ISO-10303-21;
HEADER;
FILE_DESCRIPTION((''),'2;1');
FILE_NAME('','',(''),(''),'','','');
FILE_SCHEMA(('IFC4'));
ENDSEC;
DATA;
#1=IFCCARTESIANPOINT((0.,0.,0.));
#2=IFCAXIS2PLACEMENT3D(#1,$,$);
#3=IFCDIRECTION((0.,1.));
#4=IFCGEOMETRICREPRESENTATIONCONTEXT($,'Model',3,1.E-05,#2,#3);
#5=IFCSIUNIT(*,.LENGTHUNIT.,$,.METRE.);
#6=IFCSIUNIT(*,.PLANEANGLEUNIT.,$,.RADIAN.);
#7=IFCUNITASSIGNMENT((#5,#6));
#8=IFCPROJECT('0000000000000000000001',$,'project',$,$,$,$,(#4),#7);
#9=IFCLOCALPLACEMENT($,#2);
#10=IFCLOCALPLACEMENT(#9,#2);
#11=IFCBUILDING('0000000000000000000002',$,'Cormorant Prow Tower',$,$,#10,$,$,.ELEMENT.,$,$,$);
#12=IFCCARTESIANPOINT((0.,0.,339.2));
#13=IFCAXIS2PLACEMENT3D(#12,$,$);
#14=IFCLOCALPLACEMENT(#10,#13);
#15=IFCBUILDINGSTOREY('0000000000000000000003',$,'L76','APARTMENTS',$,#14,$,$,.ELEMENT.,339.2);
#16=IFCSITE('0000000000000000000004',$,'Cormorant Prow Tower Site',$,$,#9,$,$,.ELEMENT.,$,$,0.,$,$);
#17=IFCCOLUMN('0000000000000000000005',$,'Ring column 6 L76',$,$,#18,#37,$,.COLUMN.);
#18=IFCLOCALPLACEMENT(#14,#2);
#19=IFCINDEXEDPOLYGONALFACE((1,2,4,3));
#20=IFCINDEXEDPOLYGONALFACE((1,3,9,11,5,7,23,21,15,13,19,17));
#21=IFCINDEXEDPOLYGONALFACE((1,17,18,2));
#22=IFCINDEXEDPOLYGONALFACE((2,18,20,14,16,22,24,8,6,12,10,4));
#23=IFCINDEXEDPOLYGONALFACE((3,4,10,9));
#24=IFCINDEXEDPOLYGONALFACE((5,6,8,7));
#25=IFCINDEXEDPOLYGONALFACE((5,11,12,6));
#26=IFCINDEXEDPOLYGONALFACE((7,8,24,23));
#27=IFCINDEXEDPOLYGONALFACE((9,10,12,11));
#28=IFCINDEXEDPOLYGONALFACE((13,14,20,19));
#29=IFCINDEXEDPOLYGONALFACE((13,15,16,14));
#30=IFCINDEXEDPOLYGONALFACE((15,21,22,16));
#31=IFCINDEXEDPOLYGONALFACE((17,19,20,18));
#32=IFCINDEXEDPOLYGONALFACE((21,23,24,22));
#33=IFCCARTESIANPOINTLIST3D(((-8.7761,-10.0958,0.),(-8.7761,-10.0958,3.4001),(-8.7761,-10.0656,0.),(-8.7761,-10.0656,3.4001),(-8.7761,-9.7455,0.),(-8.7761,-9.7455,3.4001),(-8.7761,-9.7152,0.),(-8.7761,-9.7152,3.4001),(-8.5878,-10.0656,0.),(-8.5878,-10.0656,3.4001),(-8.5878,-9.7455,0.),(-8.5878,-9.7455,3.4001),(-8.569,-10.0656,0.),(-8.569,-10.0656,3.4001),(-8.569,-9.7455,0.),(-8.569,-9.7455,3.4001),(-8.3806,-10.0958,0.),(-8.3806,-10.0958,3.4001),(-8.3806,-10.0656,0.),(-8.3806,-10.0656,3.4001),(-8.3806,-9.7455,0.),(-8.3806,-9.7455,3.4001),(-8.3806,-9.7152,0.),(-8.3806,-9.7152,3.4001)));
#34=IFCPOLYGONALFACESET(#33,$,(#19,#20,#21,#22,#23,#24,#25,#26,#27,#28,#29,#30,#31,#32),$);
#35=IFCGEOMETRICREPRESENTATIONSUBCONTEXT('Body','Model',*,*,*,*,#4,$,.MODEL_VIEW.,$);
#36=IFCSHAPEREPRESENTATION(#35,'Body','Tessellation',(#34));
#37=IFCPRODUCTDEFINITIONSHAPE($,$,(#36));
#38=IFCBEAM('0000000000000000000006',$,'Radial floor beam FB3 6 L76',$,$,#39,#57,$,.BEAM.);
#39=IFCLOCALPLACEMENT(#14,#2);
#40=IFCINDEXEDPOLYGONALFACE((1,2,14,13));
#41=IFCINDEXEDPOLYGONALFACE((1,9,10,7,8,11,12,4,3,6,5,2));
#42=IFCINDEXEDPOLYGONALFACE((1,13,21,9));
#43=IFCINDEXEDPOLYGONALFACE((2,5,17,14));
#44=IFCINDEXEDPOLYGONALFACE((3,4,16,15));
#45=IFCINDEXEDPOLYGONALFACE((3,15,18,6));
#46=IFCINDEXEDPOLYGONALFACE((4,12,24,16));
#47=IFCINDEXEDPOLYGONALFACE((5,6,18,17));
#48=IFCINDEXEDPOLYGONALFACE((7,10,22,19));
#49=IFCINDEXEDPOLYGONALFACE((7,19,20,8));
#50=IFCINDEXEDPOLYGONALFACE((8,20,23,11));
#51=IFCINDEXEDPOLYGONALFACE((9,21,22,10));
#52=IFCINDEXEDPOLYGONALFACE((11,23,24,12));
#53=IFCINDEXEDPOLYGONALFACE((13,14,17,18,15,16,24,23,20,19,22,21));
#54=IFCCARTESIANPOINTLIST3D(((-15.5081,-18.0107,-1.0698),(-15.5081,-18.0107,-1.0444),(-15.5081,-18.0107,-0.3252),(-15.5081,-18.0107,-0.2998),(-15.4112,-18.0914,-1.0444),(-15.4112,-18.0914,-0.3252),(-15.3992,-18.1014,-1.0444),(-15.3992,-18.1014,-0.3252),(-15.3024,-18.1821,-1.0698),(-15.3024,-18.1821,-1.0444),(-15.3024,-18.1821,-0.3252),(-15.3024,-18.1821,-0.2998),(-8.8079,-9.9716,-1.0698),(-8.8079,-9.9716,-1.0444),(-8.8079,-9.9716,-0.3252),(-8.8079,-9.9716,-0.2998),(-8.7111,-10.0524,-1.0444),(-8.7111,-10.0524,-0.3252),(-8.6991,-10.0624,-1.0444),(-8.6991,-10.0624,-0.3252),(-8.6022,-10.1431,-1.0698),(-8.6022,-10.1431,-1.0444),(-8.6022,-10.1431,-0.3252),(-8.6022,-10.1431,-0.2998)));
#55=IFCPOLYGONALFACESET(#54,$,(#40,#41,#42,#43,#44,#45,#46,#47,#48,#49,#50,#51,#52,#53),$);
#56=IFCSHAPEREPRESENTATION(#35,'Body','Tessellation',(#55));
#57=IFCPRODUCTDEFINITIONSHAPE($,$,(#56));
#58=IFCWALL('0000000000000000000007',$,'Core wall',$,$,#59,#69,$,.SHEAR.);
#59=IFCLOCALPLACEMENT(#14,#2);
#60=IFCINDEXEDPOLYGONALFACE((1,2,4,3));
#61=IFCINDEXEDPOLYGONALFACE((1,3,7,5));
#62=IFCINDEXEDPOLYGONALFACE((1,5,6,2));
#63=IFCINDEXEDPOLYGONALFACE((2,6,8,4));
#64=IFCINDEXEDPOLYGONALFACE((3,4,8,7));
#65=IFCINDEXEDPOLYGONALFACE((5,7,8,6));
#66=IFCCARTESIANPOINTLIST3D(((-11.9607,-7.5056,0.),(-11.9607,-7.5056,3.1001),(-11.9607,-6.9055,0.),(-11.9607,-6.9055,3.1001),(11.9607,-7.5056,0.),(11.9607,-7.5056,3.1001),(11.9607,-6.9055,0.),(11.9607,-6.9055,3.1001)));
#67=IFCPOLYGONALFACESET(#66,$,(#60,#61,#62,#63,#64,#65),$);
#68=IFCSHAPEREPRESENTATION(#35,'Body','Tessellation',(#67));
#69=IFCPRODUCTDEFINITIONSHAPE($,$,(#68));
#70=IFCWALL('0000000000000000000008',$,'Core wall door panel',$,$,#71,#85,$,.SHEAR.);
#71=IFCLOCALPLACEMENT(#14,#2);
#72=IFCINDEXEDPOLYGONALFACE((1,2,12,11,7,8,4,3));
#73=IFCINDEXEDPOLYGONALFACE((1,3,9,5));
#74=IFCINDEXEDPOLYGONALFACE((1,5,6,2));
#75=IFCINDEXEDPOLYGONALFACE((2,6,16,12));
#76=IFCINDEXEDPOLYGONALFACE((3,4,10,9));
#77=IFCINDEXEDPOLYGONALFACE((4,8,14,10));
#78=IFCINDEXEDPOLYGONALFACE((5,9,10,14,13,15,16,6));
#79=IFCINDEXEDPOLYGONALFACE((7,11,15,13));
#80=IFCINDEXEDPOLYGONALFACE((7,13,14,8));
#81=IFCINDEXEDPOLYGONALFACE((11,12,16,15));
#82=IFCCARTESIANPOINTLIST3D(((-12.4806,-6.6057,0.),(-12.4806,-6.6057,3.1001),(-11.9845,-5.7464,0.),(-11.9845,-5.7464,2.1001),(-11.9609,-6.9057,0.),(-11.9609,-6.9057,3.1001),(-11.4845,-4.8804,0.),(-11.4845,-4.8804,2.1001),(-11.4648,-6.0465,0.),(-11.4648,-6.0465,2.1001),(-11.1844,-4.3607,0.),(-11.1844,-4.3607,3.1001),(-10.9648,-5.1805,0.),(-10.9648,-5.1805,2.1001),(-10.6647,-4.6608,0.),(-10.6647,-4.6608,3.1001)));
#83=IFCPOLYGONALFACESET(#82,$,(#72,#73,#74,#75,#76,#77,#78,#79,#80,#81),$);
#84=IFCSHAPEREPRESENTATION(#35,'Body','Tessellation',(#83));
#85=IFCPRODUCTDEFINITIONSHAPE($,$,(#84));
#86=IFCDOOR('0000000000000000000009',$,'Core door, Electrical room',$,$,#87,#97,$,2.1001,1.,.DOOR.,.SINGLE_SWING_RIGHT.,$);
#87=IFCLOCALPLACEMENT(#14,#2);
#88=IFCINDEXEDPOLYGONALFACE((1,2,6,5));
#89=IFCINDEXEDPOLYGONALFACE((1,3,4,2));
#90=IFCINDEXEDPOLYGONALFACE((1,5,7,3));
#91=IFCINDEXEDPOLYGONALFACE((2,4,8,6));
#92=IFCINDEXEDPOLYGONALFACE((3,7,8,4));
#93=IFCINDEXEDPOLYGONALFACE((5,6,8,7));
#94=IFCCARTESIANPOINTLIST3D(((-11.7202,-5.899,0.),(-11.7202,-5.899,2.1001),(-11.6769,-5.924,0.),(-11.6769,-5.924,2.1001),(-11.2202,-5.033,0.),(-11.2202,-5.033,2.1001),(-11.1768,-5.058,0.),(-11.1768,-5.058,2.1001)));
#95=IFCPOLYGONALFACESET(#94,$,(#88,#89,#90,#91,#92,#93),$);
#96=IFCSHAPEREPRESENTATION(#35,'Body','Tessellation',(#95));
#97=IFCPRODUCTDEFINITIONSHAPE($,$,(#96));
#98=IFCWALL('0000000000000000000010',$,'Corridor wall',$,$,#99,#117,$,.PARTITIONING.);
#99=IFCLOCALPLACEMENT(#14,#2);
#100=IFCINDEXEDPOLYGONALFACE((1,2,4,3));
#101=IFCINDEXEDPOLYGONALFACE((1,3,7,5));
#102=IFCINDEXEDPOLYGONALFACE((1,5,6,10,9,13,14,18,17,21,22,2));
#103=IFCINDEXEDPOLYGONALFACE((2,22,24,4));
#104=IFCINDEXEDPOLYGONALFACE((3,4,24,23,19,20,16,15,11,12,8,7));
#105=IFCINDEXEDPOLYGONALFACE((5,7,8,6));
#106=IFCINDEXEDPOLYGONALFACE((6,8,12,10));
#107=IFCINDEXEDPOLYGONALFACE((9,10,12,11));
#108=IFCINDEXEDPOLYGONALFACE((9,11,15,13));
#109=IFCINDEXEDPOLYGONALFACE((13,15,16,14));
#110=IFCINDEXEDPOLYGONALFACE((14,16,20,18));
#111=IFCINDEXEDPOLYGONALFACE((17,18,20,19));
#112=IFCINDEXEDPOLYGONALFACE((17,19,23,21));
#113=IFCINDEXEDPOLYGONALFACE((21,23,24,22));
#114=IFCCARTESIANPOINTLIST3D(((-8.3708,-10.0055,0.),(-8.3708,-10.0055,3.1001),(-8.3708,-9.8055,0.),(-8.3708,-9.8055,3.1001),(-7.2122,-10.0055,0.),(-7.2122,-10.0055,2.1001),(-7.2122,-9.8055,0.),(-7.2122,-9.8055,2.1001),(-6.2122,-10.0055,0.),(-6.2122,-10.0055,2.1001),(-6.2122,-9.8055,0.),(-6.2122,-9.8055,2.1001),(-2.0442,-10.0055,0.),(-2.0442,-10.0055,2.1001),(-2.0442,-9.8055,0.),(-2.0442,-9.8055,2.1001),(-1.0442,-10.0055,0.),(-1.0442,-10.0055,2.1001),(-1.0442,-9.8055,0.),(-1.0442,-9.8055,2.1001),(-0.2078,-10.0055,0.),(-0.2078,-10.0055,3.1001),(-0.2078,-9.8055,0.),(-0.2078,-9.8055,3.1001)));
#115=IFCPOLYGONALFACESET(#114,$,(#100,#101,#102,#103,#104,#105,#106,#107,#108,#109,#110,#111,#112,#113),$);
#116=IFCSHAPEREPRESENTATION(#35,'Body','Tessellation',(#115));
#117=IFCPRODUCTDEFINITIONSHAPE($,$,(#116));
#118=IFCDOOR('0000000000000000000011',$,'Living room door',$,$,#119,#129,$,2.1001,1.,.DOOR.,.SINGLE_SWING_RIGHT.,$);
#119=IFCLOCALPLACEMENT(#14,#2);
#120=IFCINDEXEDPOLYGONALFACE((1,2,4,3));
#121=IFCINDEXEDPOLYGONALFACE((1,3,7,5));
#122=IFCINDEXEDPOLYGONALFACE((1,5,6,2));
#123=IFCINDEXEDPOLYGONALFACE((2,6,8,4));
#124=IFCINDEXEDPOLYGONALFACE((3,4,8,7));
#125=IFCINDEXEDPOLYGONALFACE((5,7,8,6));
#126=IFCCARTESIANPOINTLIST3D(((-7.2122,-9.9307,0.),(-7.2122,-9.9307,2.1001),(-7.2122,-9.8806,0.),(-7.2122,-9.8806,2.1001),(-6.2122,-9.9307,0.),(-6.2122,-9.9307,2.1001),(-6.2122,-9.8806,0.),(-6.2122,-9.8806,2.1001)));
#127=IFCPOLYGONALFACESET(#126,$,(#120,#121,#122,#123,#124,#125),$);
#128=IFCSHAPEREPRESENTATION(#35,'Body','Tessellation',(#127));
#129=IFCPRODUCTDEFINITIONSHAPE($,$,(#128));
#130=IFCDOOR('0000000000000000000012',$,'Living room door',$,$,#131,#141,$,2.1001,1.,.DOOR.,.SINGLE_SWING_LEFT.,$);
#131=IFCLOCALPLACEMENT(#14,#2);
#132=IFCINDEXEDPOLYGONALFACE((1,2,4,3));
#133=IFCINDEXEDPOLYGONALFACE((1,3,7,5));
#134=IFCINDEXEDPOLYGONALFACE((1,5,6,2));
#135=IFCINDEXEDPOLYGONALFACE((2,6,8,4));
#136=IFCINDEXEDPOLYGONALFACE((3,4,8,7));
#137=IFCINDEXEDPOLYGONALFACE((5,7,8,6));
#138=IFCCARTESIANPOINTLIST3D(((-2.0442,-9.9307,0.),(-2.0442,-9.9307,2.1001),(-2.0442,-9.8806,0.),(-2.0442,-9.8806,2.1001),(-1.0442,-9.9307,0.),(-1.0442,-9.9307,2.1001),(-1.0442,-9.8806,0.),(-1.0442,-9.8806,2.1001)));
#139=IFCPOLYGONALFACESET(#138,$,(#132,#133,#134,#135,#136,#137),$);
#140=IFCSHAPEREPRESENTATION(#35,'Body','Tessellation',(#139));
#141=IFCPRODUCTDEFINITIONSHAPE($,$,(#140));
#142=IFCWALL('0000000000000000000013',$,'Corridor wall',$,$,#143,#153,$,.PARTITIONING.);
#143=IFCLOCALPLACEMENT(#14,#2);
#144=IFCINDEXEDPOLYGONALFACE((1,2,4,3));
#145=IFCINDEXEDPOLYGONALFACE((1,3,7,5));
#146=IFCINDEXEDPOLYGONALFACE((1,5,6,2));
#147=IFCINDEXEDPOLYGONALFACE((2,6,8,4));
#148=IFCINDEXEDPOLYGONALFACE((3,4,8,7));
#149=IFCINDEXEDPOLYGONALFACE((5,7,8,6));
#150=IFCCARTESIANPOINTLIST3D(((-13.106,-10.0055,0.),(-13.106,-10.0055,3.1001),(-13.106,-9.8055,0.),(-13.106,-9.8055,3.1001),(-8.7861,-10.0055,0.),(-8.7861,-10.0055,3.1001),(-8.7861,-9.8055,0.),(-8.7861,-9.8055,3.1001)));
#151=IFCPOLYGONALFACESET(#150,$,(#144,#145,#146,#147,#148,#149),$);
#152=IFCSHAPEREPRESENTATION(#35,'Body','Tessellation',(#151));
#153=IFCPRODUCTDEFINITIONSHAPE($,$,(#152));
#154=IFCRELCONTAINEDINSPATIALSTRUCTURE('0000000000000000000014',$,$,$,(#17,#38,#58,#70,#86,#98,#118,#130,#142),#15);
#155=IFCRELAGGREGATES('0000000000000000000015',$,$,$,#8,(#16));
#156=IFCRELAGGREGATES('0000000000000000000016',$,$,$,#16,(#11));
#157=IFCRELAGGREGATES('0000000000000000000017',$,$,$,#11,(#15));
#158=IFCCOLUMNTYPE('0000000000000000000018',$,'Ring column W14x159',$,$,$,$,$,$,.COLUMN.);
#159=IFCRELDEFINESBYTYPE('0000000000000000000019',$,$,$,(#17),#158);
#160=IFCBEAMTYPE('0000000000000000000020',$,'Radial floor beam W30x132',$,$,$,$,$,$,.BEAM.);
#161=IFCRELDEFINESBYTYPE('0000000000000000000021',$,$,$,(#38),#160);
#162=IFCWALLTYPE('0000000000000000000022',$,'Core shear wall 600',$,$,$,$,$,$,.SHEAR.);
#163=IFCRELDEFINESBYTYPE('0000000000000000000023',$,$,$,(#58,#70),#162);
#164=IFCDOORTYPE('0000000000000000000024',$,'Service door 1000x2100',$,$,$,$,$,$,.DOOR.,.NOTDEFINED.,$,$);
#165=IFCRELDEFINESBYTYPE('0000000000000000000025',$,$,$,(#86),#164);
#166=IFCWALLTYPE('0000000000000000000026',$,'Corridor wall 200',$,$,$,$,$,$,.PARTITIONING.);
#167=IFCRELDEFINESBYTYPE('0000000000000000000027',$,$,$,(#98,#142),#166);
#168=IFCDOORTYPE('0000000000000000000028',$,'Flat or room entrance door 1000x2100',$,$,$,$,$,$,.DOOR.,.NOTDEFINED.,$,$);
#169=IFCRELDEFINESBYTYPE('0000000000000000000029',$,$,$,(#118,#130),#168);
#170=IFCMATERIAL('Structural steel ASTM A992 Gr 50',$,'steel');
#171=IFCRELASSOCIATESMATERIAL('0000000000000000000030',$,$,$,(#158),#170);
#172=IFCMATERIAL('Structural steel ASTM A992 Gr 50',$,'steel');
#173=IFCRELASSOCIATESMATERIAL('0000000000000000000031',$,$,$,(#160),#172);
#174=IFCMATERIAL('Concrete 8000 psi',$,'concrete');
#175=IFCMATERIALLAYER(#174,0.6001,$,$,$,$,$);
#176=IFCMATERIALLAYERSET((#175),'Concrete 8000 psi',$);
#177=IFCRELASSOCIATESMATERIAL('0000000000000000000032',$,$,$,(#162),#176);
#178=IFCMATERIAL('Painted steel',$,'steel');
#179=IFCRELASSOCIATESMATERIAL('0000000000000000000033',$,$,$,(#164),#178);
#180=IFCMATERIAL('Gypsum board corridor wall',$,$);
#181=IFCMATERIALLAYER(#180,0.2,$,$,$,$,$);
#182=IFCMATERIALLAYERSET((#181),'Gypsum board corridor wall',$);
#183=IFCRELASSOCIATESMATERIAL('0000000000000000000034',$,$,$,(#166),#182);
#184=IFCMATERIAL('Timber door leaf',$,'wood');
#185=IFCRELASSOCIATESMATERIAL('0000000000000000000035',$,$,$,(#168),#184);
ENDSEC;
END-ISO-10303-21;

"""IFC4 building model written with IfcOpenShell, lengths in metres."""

from ifc_helpers import new_model, si_unit, direction, frame, frame_2d, origin, origin_2d, place, context, subcontext, project, spatial, rectangle, i_section, extrude, material, layer, layer_set, material_profile, profile_set, type_object, element, fill, save


model = new_model("IFC4")

# Units and contexts
model_context = context("Model", 3, precision=1e-05, world=origin(), true_north=direction((0.0, 1.0)))
body_context = subcontext(model_context, "Body", "Model", "MODEL_VIEW")
ifc_project = project(units=[si_unit("LENGTHUNIT", "METRE"), si_unit("PLANEANGLEUNIT", "RADIAN")], contexts=[model_context])

# Site, building, storey
site_placement = place(None, origin())
site = spatial("IfcSite", under=ifc_project, at=site_placement, Name="Cormorant Prow Tower Site", CompositionType="ELEMENT", RefElevation=0.0)
building_placement = place(site_placement, origin())
building = spatial("IfcBuilding", under=site, at=building_placement, Name="Cormorant Prow Tower", CompositionType="ELEMENT")
storey_placement = place(building_placement, frame((0.0, 0.0, 339.2)))
storey = spatial("IfcBuildingStorey", under=building, at=storey_placement, Name="L76", Description="APARTMENTS", CompositionType="ELEMENT", Elevation=339.2)

# Column
ifc_material_1 = material(Name="Structural steel ASTM A992 Gr 50", Category="steel")
ifc_material_profile_1 = material_profile(ifc_material_1, i_section(OverallWidth=0.3955, OverallDepth=0.3806, WebThickness=0.0188, FlangeThickness=0.0303, at=origin_2d()), Name="W14x159")
ifc_profile_set_1 = profile_set([ifc_material_profile_1], Name="Structural steel ASTM A992 Gr 50")
column_type = type_object("IfcColumnType", Name="Ring column W14x159", PredefinedType="COLUMN", material=ifc_profile_set_1)
column_placement = place(storey_placement, frame((-8.5784, -9.9055, 0.0), z_axis=(0.0, 0.0, 1.0), x_axis=(1.0, 0.0, 0.0)))
element("IfcColumn", 1, at=column_placement, inside=storey, type_object=column_type, Name="Ring column 6 L76", PredefinedType="COLUMN", context=body_context, shape_type="SweptSolid", body=[
    extrude(i_section(OverallWidth=0.3955, OverallDepth=0.3806, WebThickness=0.0188, FlangeThickness=0.0303, at=origin_2d()), origin(), (0.0, 0.0, 1.0), 3.4001),
])

# Beam
ifc_material_2 = material(Name="Structural steel ASTM A992 Gr 50", Category="steel")
ifc_material_profile_2 = material_profile(ifc_material_2, i_section(OverallWidth=0.2678, OverallDepth=0.77, WebThickness=0.0156, FlangeThickness=0.0254, at=origin_2d()), Name="W30x132")
ifc_profile_set_2 = profile_set([ifc_material_profile_2], Name="Structural steel ASTM A992 Gr 50")
beam_type = type_object("IfcBeamType", Name="Radial floor beam W30x132", PredefinedType="BEAM", material=ifc_profile_set_2)
beam_placement = place(storey_placement, frame((-8.7051, -10.0574, -0.6848), z_axis=(-0.640239, -0.768175, 0.0), x_axis=(0.768175, -0.640239, 0.0)))
element("IfcBeam", 2, at=beam_placement, inside=storey, type_object=beam_type, Name="Radial floor beam FB3 6 L76", PredefinedType="BEAM", context=body_context, shape_type="SweptSolid", body=[
    extrude(i_section(OverallWidth=0.2678, OverallDepth=0.77, WebThickness=0.0156, FlangeThickness=0.0254, at=origin_2d()), origin(), (0.0, 0.0, 1.0), 10.4651),
])

# Wall
ifc_material_3 = material(Name="Concrete 8000 psi", Category="concrete")
ifc_layer_1 = layer(ifc_material_3, 0.6001)
ifc_layer_set_1 = layer_set([ifc_layer_1], Name="Concrete 8000 psi")
wall_type_1 = type_object("IfcWallType", Name="Core shear wall 600", PredefinedType="SHEAR", material=ifc_layer_set_1)
wall_1_placement = place(storey_placement, frame((-11.9607, -7.2056, 0.0), z_axis=(0.0, 0.0, 1.0), x_axis=(1.0, 0.0, 0.0)))
element("IfcWall", 3, at=wall_1_placement, inside=storey, type_object=wall_type_1, Name="Core wall", PredefinedType="SHEAR", context=body_context, shape_type="SweptSolid", body=[
    extrude(rectangle(XDim=23.9214, YDim=0.6001, at=frame_2d((11.9607, 0.0))), origin(), (0.0, 0.0, 1.0), 3.1001),
])

# Wall, opening, door
wall_2_placement = place(storey_placement, frame((-10.9246, -4.5107, 0.0), z_axis=(0.0, 0.0, 1.0), x_axis=(-0.500019, -0.866015, 0.0)))
wall_2 = element("IfcWall", 4, at=wall_2_placement, inside=storey, type_object=wall_type_1, Name="Core wall door panel", PredefinedType="SHEAR", context=body_context, shape_type="SweptSolid", body=[
    extrude(rectangle(XDim=2.5923, YDim=0.6001, at=frame_2d((1.2961, 0.0))), origin(), (0.0, 0.0, 1.0), 3.1001),
])
opening_1_placement = place(wall_2_placement, frame((0.6001, 0.0, 0.0)))
opening_1 = element("IfcOpeningElement", 5, at=opening_1_placement, cuts=wall_2, PredefinedType="OPENING", context=body_context, shape_type="SweptSolid", body=[
    extrude(rectangle(XDim=1.0, YDim=2.1001, at=frame_2d((0.5, 1.05))), frame((0.0, 0.3101, 0.0), z_axis=(0.0, -1.0, 0.0), x_axis=(1.0, 0.0, 0.0)), (0.0, 0.0, 1.0), 0.6201),
])
ifc_material_4 = material(Name="Painted steel", Category="steel")
door_type_1 = type_object("IfcDoorType", Name="Service door 1000x2100", OperationType="NOTDEFINED", PredefinedType="DOOR", material=ifc_material_4)
door_1_placement = place(opening_1_placement, origin())
door_1 = element("IfcDoor", 6, at=door_1_placement, inside=storey, type_object=door_type_1, Name="Core door, Electrical room", OperationType="SINGLE_SWING_RIGHT", OverallHeight=2.1001, OverallWidth=1.0, PredefinedType="DOOR", context=body_context, shape_type="SweptSolid", body=[
    extrude(rectangle(XDim=1.0, YDim=2.1001, at=frame_2d((0.5, 1.05))), frame((0.0, 0.0552, 0.0), z_axis=(0.0, -1.0, 0.0), x_axis=(1.0, 0.0, 0.0)), (0.0, 0.0, 1.0), 0.05),
])
fill(opening_1, door_1)

# Wall, openings, doors
ifc_material_5 = material(Name="Gypsum board corridor wall")
ifc_layer_2 = layer(ifc_material_5, 0.2)
ifc_layer_set_2 = layer_set([ifc_layer_2], Name="Gypsum board corridor wall")
wall_type_2 = type_object("IfcWallType", Name="Corridor wall 200", PredefinedType="PARTITIONING", material=ifc_layer_set_2)
wall_3_placement = place(storey_placement, frame((-8.3708, -9.9055, 0.0), z_axis=(0.0, 0.0, 1.0), x_axis=(1.0, 0.0, 0.0)))
wall_3 = element("IfcWall", 7, at=wall_3_placement, inside=storey, type_object=wall_type_2, Name="Corridor wall", PredefinedType="PARTITIONING", context=body_context, shape_type="SweptSolid", body=[
    extrude(rectangle(XDim=8.1631, YDim=0.2, at=frame_2d((4.0815, 0.0))), origin(), (0.0, 0.0, 1.0), 3.1001),
])
opening_2_placement = place(wall_3_placement, frame((1.1587, 0.0, 0.0)))
opening_2 = element("IfcOpeningElement", 8, at=opening_2_placement, cuts=wall_3, PredefinedType="OPENING", context=body_context, shape_type="SweptSolid", body=[
    extrude(rectangle(XDim=1.0, YDim=2.1001, at=frame_2d((0.5, 1.05))), frame((0.0, 0.1099, 0.0), z_axis=(0.0, -1.0, 0.0), x_axis=(1.0, 0.0, 0.0)), (0.0, 0.0, 1.0), 0.22),
])
opening_3_placement = place(wall_3_placement, frame((6.3267, 0.0, 0.0)))
opening_3 = element("IfcOpeningElement", 9, at=opening_3_placement, cuts=wall_3, PredefinedType="OPENING", context=body_context, shape_type="SweptSolid", body=[
    extrude(rectangle(XDim=1.0, YDim=2.1001, at=frame_2d((0.5, 1.05))), frame((0.0, 0.1099, 0.0), z_axis=(0.0, -1.0, 0.0), x_axis=(1.0, 0.0, 0.0)), (0.0, 0.0, 1.0), 0.22),
])
ifc_material_6 = material(Name="Timber door leaf", Category="wood")
door_type_2 = type_object("IfcDoorType", Name="Flat or room entrance door 1000x2100", OperationType="NOTDEFINED", PredefinedType="DOOR", material=ifc_material_6)
door_2_placement = place(opening_2_placement, origin())
door_2 = element("IfcDoor", 10, at=door_2_placement, inside=storey, type_object=door_type_2, Name="Living room door", OperationType="SINGLE_SWING_RIGHT", OverallHeight=2.1001, OverallWidth=1.0, PredefinedType="DOOR", context=body_context, shape_type="SweptSolid", body=[
    extrude(rectangle(XDim=1.0, YDim=2.1001, at=frame_2d((0.5, 1.05))), frame((0.0, 0.0249, 0.0), z_axis=(0.0, -1.0, 0.0), x_axis=(1.0, 0.0, 0.0)), (0.0, 0.0, 1.0), 0.05),
])
fill(opening_2, door_2)
door_3_placement = place(opening_3_placement, origin())
door_3 = element("IfcDoor", 11, at=door_3_placement, inside=storey, type_object=door_type_2, Name="Living room door", OperationType="SINGLE_SWING_LEFT", OverallHeight=2.1001, OverallWidth=1.0, PredefinedType="DOOR", context=body_context, shape_type="SweptSolid", body=[
    extrude(rectangle(XDim=1.0, YDim=2.1001, at=frame_2d((0.5, 1.05))), frame((0.0, 0.0249, 0.0), z_axis=(0.0, -1.0, 0.0), x_axis=(1.0, 0.0, 0.0)), (0.0, 0.0, 1.0), 0.05),
])
fill(opening_3, door_3)

# Wall
wall_4_placement = place(storey_placement, frame((-13.106, -9.9055, 0.0), z_axis=(0.0, 0.0, 1.0), x_axis=(1.0, 0.0, 0.0)))
element("IfcWall", 12, at=wall_4_placement, inside=storey, type_object=wall_type_2, Name="Corridor wall", PredefinedType="PARTITIONING", context=body_context, shape_type="SweptSolid", body=[
    extrude(rectangle(XDim=4.3198, YDim=0.2, at=frame_2d((2.1599, 0.0))), origin(), (0.0, 0.0, 1.0), 3.1001),
])

save(model, "model.ifc")
